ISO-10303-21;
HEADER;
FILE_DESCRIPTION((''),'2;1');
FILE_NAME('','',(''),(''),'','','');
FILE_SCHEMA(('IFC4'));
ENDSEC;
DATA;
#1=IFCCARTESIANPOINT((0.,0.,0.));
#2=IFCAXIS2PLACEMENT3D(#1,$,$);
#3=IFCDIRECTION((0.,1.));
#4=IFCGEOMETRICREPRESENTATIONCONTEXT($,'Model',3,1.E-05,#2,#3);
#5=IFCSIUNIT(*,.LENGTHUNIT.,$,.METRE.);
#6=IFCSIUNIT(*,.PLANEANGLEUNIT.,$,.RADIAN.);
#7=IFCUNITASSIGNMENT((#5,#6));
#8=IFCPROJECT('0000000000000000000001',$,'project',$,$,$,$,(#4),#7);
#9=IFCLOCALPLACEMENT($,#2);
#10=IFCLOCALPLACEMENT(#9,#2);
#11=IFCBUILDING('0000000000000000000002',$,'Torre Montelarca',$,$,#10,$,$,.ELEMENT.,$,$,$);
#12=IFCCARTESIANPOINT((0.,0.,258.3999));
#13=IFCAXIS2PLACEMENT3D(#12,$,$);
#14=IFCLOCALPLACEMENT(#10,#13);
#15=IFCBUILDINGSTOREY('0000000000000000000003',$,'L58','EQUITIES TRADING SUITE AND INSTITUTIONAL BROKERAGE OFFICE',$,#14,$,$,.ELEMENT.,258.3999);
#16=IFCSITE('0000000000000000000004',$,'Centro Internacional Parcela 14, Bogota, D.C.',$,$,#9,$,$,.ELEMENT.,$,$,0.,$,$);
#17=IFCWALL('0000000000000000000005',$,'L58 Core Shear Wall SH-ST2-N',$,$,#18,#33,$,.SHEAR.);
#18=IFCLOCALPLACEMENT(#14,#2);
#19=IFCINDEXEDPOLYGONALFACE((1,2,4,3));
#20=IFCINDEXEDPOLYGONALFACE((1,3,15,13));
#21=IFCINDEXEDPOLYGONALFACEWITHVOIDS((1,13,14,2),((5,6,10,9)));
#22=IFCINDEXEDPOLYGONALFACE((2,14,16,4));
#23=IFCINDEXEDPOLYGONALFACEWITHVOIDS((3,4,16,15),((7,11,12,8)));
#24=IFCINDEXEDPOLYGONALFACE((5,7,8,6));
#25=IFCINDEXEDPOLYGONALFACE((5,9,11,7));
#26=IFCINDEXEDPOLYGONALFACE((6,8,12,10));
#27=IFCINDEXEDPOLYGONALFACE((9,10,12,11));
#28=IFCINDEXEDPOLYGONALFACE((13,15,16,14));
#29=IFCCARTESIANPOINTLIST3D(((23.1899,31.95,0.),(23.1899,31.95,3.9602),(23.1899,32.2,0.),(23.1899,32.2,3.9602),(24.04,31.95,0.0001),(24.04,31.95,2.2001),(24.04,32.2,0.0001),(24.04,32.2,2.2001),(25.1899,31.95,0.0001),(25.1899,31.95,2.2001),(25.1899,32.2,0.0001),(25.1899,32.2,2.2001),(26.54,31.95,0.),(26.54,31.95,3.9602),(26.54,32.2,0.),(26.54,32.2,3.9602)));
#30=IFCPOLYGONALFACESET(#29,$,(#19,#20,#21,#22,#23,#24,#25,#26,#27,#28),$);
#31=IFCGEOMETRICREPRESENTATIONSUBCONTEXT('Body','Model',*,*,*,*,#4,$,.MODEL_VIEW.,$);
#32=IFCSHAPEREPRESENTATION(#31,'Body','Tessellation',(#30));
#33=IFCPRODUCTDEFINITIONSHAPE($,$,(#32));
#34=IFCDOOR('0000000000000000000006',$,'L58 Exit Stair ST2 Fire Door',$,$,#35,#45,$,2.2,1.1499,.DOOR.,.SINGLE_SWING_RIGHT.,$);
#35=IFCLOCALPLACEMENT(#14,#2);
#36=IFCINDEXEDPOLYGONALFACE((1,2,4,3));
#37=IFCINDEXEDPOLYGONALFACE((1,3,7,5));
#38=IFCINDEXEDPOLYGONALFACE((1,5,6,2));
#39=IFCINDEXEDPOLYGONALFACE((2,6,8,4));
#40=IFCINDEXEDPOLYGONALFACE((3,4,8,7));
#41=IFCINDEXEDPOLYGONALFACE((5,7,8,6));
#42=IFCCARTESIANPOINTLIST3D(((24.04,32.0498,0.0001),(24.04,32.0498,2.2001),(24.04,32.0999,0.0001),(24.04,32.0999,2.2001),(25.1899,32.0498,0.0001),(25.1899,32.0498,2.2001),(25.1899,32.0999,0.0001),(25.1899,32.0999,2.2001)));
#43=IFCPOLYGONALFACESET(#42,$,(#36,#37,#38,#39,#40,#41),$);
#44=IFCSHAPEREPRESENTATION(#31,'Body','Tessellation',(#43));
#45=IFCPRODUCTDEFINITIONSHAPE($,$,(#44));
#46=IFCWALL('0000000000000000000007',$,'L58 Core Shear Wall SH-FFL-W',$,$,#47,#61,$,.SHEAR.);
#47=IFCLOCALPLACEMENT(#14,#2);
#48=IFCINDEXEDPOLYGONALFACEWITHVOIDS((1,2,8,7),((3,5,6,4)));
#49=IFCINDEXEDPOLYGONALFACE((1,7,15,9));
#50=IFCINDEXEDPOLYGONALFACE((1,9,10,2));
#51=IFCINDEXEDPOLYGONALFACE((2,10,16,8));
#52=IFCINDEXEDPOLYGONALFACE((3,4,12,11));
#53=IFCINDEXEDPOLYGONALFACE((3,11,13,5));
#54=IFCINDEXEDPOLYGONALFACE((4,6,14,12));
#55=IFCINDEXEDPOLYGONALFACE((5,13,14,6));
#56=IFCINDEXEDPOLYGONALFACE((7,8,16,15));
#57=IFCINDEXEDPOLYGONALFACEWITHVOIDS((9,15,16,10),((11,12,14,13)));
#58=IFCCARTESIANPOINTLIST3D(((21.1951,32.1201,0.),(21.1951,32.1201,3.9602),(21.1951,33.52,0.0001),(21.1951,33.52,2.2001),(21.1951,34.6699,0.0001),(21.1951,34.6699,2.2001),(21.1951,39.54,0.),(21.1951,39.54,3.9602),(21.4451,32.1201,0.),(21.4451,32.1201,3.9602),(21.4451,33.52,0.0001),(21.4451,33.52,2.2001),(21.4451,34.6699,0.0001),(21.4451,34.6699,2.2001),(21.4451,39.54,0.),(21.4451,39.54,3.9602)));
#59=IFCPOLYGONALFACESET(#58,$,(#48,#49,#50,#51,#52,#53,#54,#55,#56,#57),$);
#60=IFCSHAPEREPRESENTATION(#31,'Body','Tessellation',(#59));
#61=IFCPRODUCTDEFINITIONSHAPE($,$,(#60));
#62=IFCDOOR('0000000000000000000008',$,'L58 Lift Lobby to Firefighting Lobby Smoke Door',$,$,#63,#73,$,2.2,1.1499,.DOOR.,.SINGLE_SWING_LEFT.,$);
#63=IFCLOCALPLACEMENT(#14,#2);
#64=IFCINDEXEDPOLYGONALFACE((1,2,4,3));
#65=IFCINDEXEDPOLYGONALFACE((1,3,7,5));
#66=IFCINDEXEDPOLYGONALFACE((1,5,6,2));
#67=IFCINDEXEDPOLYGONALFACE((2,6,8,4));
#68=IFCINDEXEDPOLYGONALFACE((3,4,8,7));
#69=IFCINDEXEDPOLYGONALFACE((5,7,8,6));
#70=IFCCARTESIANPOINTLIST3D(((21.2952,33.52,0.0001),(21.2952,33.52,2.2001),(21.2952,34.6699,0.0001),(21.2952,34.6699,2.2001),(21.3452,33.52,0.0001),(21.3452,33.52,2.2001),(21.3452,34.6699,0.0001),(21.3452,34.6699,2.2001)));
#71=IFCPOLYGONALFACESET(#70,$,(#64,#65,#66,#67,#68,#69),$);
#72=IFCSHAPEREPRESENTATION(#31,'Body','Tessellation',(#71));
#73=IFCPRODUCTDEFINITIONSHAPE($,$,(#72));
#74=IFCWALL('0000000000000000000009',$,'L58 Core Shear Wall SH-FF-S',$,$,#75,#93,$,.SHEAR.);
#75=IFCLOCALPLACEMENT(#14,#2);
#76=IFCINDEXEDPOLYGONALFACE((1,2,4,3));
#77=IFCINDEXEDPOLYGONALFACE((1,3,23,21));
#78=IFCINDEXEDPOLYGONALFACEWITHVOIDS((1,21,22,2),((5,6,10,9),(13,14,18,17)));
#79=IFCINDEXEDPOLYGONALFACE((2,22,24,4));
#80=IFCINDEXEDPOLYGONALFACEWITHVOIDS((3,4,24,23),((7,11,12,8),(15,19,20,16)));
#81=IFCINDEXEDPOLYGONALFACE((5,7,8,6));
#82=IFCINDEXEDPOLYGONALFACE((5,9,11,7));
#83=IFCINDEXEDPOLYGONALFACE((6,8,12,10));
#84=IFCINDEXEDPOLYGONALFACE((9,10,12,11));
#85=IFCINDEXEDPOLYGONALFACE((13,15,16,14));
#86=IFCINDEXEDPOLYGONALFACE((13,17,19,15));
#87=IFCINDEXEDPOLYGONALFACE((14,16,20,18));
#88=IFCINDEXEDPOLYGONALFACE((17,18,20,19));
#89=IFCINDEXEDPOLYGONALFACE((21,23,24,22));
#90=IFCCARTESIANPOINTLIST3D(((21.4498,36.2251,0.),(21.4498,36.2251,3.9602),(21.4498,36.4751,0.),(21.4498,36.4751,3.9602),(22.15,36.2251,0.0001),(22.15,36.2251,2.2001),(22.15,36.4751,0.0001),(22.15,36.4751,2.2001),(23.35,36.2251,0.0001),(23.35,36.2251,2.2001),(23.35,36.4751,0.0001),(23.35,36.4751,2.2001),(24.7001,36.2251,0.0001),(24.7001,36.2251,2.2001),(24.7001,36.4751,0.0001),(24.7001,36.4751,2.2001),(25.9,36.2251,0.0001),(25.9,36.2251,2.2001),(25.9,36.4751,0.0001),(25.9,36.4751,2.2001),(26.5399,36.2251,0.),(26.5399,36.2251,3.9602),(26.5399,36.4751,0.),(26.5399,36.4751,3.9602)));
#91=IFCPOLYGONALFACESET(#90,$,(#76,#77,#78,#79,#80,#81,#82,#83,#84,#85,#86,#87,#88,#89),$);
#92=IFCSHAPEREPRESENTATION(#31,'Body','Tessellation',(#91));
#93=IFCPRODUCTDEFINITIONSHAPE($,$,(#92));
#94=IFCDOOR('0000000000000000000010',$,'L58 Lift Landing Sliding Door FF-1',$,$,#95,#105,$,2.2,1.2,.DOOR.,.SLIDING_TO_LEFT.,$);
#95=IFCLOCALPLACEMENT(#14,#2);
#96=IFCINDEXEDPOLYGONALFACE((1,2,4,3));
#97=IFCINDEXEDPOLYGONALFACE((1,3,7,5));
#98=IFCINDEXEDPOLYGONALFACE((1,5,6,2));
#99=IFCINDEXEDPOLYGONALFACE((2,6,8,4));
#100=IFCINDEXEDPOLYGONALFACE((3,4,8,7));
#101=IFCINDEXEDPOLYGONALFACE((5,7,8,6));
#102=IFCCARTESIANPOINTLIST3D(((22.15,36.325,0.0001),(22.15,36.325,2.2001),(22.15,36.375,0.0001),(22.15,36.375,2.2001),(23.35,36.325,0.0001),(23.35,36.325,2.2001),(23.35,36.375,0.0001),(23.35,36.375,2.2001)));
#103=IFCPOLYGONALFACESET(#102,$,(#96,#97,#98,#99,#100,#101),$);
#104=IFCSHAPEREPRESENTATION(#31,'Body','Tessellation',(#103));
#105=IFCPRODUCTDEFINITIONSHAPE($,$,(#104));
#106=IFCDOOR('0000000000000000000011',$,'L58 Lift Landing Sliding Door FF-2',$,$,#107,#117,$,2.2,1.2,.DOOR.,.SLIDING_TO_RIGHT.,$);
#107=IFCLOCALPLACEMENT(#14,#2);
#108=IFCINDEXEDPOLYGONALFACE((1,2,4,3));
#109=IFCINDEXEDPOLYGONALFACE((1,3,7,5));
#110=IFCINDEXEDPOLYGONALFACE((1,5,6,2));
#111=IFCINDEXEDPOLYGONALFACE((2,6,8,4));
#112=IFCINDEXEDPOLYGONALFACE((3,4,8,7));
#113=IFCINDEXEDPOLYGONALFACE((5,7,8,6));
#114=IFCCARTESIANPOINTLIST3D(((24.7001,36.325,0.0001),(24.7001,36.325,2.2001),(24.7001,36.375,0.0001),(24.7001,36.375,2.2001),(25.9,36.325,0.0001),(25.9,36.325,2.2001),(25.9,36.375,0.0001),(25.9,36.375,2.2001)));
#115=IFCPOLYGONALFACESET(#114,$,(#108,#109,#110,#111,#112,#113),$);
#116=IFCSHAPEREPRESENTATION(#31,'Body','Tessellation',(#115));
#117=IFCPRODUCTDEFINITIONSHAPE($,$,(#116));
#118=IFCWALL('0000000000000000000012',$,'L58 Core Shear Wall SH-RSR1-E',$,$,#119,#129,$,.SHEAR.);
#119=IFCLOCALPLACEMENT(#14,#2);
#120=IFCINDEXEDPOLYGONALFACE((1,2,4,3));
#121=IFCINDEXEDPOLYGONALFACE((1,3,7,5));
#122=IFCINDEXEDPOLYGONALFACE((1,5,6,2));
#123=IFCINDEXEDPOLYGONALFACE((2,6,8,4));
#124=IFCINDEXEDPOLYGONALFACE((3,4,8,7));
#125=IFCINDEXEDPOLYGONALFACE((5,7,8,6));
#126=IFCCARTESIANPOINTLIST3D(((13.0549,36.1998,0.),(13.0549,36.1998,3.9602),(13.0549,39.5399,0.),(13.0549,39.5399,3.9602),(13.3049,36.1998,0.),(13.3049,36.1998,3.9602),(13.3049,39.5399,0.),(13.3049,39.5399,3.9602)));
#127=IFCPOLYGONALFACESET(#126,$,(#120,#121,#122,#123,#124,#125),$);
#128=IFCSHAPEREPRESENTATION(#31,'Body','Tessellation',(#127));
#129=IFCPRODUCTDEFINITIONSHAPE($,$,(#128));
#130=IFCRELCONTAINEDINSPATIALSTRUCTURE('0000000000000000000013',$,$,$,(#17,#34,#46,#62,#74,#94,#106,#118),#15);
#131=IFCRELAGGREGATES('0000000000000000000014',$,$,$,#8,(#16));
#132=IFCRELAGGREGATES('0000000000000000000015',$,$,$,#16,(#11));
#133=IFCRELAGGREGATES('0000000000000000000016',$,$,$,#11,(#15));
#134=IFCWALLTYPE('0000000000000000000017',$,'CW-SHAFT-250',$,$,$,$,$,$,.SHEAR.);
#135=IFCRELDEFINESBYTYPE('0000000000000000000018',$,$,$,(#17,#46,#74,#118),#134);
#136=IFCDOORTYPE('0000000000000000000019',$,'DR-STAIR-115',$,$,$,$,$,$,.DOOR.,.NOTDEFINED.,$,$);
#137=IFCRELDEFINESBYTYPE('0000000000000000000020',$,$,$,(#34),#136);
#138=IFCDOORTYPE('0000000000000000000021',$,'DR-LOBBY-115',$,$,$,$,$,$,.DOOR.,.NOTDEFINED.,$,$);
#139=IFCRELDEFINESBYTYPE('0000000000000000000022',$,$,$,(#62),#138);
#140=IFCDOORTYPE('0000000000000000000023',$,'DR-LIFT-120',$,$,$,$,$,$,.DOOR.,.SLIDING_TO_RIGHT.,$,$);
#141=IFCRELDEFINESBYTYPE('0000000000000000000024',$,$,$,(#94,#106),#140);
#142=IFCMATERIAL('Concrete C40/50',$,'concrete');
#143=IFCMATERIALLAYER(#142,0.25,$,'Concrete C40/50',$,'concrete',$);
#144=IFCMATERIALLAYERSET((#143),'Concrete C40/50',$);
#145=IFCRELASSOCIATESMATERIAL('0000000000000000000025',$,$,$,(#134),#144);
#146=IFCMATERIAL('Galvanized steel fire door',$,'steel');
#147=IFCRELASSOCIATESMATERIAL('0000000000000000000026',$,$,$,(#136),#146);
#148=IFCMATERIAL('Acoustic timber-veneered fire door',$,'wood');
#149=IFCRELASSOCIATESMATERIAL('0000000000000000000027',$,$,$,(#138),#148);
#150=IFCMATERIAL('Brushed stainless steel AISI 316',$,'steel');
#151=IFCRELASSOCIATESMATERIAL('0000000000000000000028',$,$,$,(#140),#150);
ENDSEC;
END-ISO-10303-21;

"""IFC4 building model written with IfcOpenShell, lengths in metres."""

from ifc_helpers import new_model, si_unit, direction, frame, frame_2d, origin, place, context, subcontext, project, spatial, rectangle, extrude, source, transform, mapped, material, layer, layer_set, type_object, element, fill, save


model = new_model("IFC4")

# Units and contexts
model_context = context("Model", 3, precision=1e-05, world=origin(), true_north=direction((0.0, 1.0)))
body_context = subcontext(model_context, "Body", "Model", "MODEL_VIEW")
ifc_project = project(units=[si_unit("LENGTHUNIT", "METRE"), si_unit("PLANEANGLEUNIT", "RADIAN")], contexts=[model_context])

# Site, building, storey
site_placement = place(None, origin())
site = spatial("IfcSite", under=ifc_project, at=site_placement, Name="Centro Internacional Parcela 14, Bogota, D.C.", CompositionType="ELEMENT", RefElevation=0.0)
building_placement = place(site_placement, origin())
building = spatial("IfcBuilding", under=site, at=building_placement, Name="Torre Montelarca", CompositionType="ELEMENT")
storey_placement = place(building_placement, frame((0.0, 0.0, 258.3999)))
storey = spatial("IfcBuildingStorey", under=building, at=storey_placement, Name="L58", Description="EQUITIES TRADING SUITE AND INSTITUTIONAL BROKERAGE OFFICE", CompositionType="ELEMENT", Elevation=258.3999)

# Walls, openings, doors
ifc_material_1 = material(Name="Concrete C40/50", Category="concrete")
ifc_layer_1 = layer(ifc_material_1, 0.25, Name="Concrete C40/50", Category="concrete")
ifc_layer_set_1 = layer_set([ifc_layer_1], Name="Concrete C40/50")
wall_type_1 = type_object("IfcWallType", Name="CW-SHAFT-250", PredefinedType="SHEAR", material=ifc_layer_set_1)
wall_1_placement = place(storey_placement, frame((23.1899, 32.075, 0.0), z_axis=(0.0, 0.0, 1.0), x_axis=(1.0, 0.0, 0.0)))
wall_1 = element("IfcWall", 1, at=wall_1_placement, inside=storey, type_object=wall_type_1, Name="L58 Core Shear Wall SH-ST2-N", PredefinedType="SHEAR", context=body_context, shape_type="SweptSolid", body=[
    extrude(rectangle(XDim=3.3501, YDim=0.25, at=frame_2d((1.675, 0.0))), origin(), (0.0, 0.0, 1.0), 3.9602),
])
opening_1_placement = place(wall_1_placement, frame((0.8501, 0.0, 0.0)))
opening_1 = element("IfcOpeningElement", 2, at=opening_1_placement, cuts=wall_1, PredefinedType="OPENING", context=body_context, shape_type="SweptSolid", body=[
    extrude(rectangle(XDim=1.1499, YDim=2.2, at=frame_2d((0.575, 1.1001))), frame((0.0, 0.135, 0.0), z_axis=(0.0, -1.0, 0.0), x_axis=(1.0, 0.0, 0.0)), (0.0, 0.0, 1.0), 0.27),
])
ifc_material_2 = material(Name="Galvanized steel fire door", Category="steel")
door_type_1 = type_object("IfcDoorType", Name="DR-STAIR-115", OperationType="NOTDEFINED", PredefinedType="DOOR", material=ifc_material_2)
shared_shape_1 = source(origin(), body_context, "Body", "SweptSolid", [
    extrude(rectangle(XDim=1.1499, YDim=2.2, at=frame_2d((0.575, 1.1001))), frame((0.0, 0.0249, 0.0), z_axis=(0.0, -1.0, 0.0), x_axis=(1.0, 0.0, 0.0)), (0.0, 0.0, 1.0), 0.05),
])
door_1_placement = place(opening_1_placement, origin())
door_1 = element("IfcDoor", 3, at=door_1_placement, inside=storey, type_object=door_type_1, Name="L58 Exit Stair ST2 Fire Door", OperationType="SINGLE_SWING_RIGHT", OverallHeight=2.2, OverallWidth=1.1499, PredefinedType="DOOR", context=body_context, shape_type="MappedRepresentation", body=[
    mapped(shared_shape_1, transform((0.0, 0.0, 0.0), scale=1.0)),
])
fill(opening_1, door_1)
wall_2_placement = place(storey_placement, frame((21.3201, 32.1201, 0.0), z_axis=(0.0, 0.0, 1.0), x_axis=(0.0, 1.0, 0.0)))
wall_2 = element("IfcWall", 4, at=wall_2_placement, inside=storey, type_object=wall_type_1, Name="L58 Core Shear Wall SH-FFL-W", PredefinedType="SHEAR", context=body_context, shape_type="SweptSolid", body=[
    extrude(rectangle(XDim=7.4199, YDim=0.25, at=frame_2d((3.71, 0.0))), origin(), (0.0, 0.0, 1.0), 3.9602),
])
opening_2_placement = place(wall_2_placement, frame((1.3999, 0.0, 0.0)))
opening_2 = element("IfcOpeningElement", 5, at=opening_2_placement, cuts=wall_2, PredefinedType="OPENING", context=body_context, shape_type="SweptSolid", body=[
    extrude(rectangle(XDim=1.1499, YDim=2.2, at=frame_2d((0.575, 1.1001))), frame((0.0, 0.135, 0.0), z_axis=(0.0, -1.0, 0.0), x_axis=(1.0, 0.0, 0.0)), (0.0, 0.0, 1.0), 0.27),
])
ifc_material_3 = material(Name="Acoustic timber-veneered fire door", Category="wood")
door_type_2 = type_object("IfcDoorType", Name="DR-LOBBY-115", OperationType="NOTDEFINED", PredefinedType="DOOR", material=ifc_material_3)
shared_shape_2 = source(origin(), body_context, "Body", "SweptSolid", [
    extrude(rectangle(XDim=1.1499, YDim=2.2, at=frame_2d((0.575, 1.1001))), frame((0.0, 0.0249, 0.0), z_axis=(0.0, -1.0, 0.0), x_axis=(1.0, 0.0, 0.0)), (0.0, 0.0, 1.0), 0.05),
])
door_2_placement = place(opening_2_placement, origin())
door_2 = element("IfcDoor", 6, at=door_2_placement, inside=storey, type_object=door_type_2, Name="L58 Lift Lobby to Firefighting Lobby Smoke Door", OperationType="SINGLE_SWING_LEFT", OverallHeight=2.2, OverallWidth=1.1499, PredefinedType="DOOR", context=body_context, shape_type="MappedRepresentation", body=[
    mapped(shared_shape_2, transform((0.0, 0.0, 0.0), scale=1.0)),
])
fill(opening_2, door_2)

# Wall, openings, doors
wall_3_placement = place(storey_placement, frame((21.45, 36.3501, 0.0), z_axis=(0.0, 0.0, 1.0), x_axis=(1.0, 0.0, 0.0)))
wall_3 = element("IfcWall", 7, at=wall_3_placement, inside=storey, type_object=wall_type_1, Name="L58 Core Shear Wall SH-FF-S", PredefinedType="SHEAR", context=body_context, shape_type="SweptSolid", body=[
    extrude(rectangle(XDim=5.0901, YDim=0.25, at=frame_2d((2.5449, 0.0))), origin(), (0.0, 0.0, 1.0), 3.9602),
])
opening_3_placement = place(wall_3_placement, frame((0.7, 0.0, 0.0)))
opening_3 = element("IfcOpeningElement", 8, at=opening_3_placement, cuts=wall_3, PredefinedType="OPENING", context=body_context, shape_type="SweptSolid", body=[
    extrude(rectangle(XDim=1.2, YDim=2.2, at=frame_2d((0.6001, 1.1001))), frame((0.0, 0.135, 0.0), z_axis=(0.0, -1.0, 0.0), x_axis=(1.0, 0.0, 0.0)), (0.0, 0.0, 1.0), 0.27),
])
opening_4_placement = place(wall_3_placement, frame((3.25, 0.0, 0.0)))
opening_4 = element("IfcOpeningElement", 9, at=opening_4_placement, cuts=wall_3, PredefinedType="OPENING", context=body_context, shape_type="SweptSolid", body=[
    extrude(rectangle(XDim=1.2, YDim=2.2, at=frame_2d((0.6001, 1.1001))), frame((0.0, 0.135, 0.0), z_axis=(0.0, -1.0, 0.0), x_axis=(1.0, 0.0, 0.0)), (0.0, 0.0, 1.0), 0.27),
])
ifc_material_4 = material(Name="Brushed stainless steel AISI 316", Category="steel")
door_type_3 = type_object("IfcDoorType", Name="DR-LIFT-120", OperationType="SLIDING_TO_RIGHT", PredefinedType="DOOR", material=ifc_material_4)
shared_shape_3 = source(origin(), body_context, "Body", "SweptSolid", [
    extrude(rectangle(XDim=1.2, YDim=2.2, at=frame_2d((0.6001, 1.1001))), frame((0.0, 0.0249, 0.0), z_axis=(0.0, -1.0, 0.0), x_axis=(1.0, 0.0, 0.0)), (0.0, 0.0, 1.0), 0.05),
])
door_3_placement = place(opening_3_placement, origin())
door_3 = element("IfcDoor", 10, at=door_3_placement, inside=storey, type_object=door_type_3, Name="L58 Lift Landing Sliding Door FF-1", OperationType="SLIDING_TO_LEFT", OverallHeight=2.2, OverallWidth=1.2, PredefinedType="DOOR", context=body_context, shape_type="MappedRepresentation", body=[
    mapped(shared_shape_3, transform((0.0, 0.0, 0.0), scale=1.0)),
])
fill(opening_3, door_3)
door_4_placement = place(opening_4_placement, origin())
door_4 = element("IfcDoor", 11, at=door_4_placement, inside=storey, type_object=door_type_3, Name="L58 Lift Landing Sliding Door FF-2", OperationType="SLIDING_TO_RIGHT", OverallHeight=2.2, OverallWidth=1.2, PredefinedType="DOOR", context=body_context, shape_type="MappedRepresentation", body=[
    mapped(shared_shape_3, transform((0.0, 0.0, 0.0), scale=1.0)),
])
fill(opening_4, door_4)

# Wall
wall_4_placement = place(storey_placement, frame((13.1799, 36.2, 0.0), z_axis=(0.0, 0.0, 1.0), x_axis=(0.0, 1.0, 0.0)))
element("IfcWall", 12, at=wall_4_placement, inside=storey, type_object=wall_type_1, Name="L58 Core Shear Wall SH-RSR1-E", PredefinedType="SHEAR", context=body_context, shape_type="SweptSolid", body=[
    extrude(rectangle(XDim=3.3401, YDim=0.25, at=frame_2d((1.6699, 0.0))), origin(), (0.0, 0.0, 1.0), 3.9602),
])

save(model, "model.ifc")
